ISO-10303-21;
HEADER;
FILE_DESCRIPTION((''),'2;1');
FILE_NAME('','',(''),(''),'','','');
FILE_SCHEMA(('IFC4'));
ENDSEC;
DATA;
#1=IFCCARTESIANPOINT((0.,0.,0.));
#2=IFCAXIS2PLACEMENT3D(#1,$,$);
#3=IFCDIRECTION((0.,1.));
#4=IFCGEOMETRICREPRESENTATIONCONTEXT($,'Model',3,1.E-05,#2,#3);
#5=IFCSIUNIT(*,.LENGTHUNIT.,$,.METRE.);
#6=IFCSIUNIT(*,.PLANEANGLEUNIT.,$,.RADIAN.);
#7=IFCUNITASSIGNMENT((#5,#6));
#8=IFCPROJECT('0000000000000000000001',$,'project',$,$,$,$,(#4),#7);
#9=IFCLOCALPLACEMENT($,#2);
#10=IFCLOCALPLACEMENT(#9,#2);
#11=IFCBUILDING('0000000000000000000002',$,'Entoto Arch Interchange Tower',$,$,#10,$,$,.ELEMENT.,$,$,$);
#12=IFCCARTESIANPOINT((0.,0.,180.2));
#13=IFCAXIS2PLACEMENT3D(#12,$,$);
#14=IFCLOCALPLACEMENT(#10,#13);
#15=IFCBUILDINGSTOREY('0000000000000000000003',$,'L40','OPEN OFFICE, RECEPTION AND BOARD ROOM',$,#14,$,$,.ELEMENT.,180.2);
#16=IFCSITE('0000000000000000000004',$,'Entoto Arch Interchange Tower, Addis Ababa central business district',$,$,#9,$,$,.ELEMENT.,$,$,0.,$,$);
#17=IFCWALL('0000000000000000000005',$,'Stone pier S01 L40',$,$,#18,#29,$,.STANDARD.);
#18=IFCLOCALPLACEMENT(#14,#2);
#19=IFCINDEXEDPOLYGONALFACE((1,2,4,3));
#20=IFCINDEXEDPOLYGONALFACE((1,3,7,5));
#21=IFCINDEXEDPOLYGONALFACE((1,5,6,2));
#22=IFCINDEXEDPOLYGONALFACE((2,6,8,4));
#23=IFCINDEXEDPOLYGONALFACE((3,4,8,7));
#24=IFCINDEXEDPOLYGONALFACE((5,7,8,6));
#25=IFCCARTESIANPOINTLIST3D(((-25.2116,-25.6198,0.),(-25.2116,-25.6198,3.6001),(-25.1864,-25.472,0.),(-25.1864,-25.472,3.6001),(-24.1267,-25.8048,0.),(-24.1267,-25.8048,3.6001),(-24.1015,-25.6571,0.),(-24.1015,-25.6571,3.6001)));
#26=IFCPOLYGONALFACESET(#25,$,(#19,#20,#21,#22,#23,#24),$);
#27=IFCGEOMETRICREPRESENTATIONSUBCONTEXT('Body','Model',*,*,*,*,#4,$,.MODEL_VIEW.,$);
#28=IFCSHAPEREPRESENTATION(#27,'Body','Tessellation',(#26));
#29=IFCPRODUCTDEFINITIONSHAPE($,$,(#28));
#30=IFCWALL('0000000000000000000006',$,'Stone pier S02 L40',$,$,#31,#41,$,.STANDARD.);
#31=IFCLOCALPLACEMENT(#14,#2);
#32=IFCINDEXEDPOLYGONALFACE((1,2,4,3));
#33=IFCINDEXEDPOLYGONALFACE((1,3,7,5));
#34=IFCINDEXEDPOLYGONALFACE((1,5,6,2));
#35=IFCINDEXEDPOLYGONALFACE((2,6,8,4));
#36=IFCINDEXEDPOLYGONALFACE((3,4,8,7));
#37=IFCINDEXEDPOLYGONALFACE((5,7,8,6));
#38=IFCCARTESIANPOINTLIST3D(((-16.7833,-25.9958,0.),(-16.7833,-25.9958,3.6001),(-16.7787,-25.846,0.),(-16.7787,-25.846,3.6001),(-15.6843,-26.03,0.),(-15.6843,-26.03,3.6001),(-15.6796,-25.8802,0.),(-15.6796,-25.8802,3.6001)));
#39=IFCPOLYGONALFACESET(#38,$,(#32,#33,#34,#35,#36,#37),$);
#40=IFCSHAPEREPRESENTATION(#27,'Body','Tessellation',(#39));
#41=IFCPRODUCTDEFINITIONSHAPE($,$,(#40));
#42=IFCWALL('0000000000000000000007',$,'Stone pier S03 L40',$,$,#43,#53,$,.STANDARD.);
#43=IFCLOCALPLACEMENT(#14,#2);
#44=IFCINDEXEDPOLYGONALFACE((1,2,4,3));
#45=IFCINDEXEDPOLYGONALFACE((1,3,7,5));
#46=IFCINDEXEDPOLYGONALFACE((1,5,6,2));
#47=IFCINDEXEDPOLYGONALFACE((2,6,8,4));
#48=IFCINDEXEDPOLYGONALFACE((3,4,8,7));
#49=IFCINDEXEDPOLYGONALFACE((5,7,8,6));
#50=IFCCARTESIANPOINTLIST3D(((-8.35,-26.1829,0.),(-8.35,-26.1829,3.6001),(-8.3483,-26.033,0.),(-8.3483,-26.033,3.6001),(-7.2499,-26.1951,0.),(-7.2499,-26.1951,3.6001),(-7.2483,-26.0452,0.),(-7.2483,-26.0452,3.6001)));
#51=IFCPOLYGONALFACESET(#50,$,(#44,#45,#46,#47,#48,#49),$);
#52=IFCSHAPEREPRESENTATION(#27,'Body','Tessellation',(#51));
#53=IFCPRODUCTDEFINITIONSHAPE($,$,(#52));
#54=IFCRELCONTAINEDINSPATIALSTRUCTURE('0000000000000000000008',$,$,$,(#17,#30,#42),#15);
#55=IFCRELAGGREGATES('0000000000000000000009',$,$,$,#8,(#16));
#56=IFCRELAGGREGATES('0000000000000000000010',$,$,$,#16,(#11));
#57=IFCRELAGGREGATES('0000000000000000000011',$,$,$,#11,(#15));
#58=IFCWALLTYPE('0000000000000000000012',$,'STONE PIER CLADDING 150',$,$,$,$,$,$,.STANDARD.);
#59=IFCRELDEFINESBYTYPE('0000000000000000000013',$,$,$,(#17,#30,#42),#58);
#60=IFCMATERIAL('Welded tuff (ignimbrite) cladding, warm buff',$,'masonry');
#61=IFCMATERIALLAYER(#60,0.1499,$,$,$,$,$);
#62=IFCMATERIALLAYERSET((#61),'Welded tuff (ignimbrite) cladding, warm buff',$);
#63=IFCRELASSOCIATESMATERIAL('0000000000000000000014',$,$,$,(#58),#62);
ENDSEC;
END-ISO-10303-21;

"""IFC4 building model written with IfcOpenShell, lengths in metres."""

from ifc_helpers import new_model, si_unit, direction, frame, frame_2d, origin, place, context, subcontext, project, spatial, rectangle, extrude, material, layer, layer_set, type_object, element, save


model = new_model("IFC4")

# Units and contexts
model_context = context("Model", 3, precision=1e-05, world=origin(), true_north=direction((0.0, 1.0)))
body_context = subcontext(model_context, "Body", "Model", "MODEL_VIEW")
ifc_project = project(units=[si_unit("LENGTHUNIT", "METRE"), si_unit("PLANEANGLEUNIT", "RADIAN")], contexts=[model_context])

# Site, building, storey
site_placement = place(None, origin())
site = spatial("IfcSite", under=ifc_project, at=site_placement, Name="Entoto Arch Interchange Tower, Addis Ababa central business district", CompositionType="ELEMENT", RefElevation=0.0)
building_placement = place(site_placement, origin())
building = spatial("IfcBuilding", under=site, at=building_placement, Name="Entoto Arch Interchange Tower", CompositionType="ELEMENT")
storey_placement = place(building_placement, frame((0.0, 0.0, 180.2)))
storey = spatial("IfcBuildingStorey", under=building, at=storey_placement, Name="L40", Description="OPEN OFFICE, RECEPTION AND BOARD ROOM", CompositionType="ELEMENT", Elevation=180.2)

# Shared definitions
ifc_material_1 = material(Name="Welded tuff (ignimbrite) cladding, warm buff", Category="masonry")

# Walls
ifc_layer_1 = layer(ifc_material_1, 0.1499)
ifc_layer_set_1 = layer_set([ifc_layer_1], Name="Welded tuff (ignimbrite) cladding, warm buff")
wall_type_1 = type_object("IfcWallType", Name="STONE PIER CLADDING 150", PredefinedType="STANDARD", material=ifc_layer_set_1)
wall_1_placement = place(storey_placement, frame((-25.199, -25.5459, 0.0), z_axis=(0.0, 0.0, 1.0), x_axis=(0.985763, -0.168139, 0.0)))
element("IfcWall", 1, at=wall_1_placement, inside=storey, type_object=wall_type_1, Name="Stone pier S01 L40", PredefinedType="STANDARD", context=body_context, shape_type="SweptSolid", body=[
    extrude(rectangle(XDim=1.1006, YDim=0.1499, at=frame_2d((0.5503, 0.0))), origin(), (0.0, 0.0, 1.0), 3.6001),
])
wall_2_placement = place(storey_placement, frame((-16.781, -25.9209, 0.0), z_axis=(0.0, 0.0, 1.0), x_axis=(0.999517, -0.031082, 0.0)))
element("IfcWall", 2, at=wall_2_placement, inside=storey, type_object=wall_type_1, Name="Stone pier S02 L40", PredefinedType="STANDARD", context=body_context, shape_type="SweptSolid", body=[
    extrude(rectangle(XDim=1.0996, YDim=0.1499, at=frame_2d((0.5498, 0.0))), origin(), (0.0, 0.0, 1.0), 3.6001),
])
wall_3_placement = place(storey_placement, frame((-8.3491, -26.1079, 0.0), z_axis=(0.0, 0.0, 1.0), x_axis=(0.999938, -0.011096, 0.0)))
element("IfcWall", 3, at=wall_3_placement, inside=storey, type_object=wall_type_1, Name="Stone pier S03 L40", PredefinedType="STANDARD", context=body_context, shape_type="SweptSolid", body=[
    extrude(rectangle(XDim=1.1001, YDim=0.1499, at=frame_2d((0.55, 0.0))), origin(), (0.0, 0.0, 1.0), 3.6001),
])

save(model, "model.ifc")
